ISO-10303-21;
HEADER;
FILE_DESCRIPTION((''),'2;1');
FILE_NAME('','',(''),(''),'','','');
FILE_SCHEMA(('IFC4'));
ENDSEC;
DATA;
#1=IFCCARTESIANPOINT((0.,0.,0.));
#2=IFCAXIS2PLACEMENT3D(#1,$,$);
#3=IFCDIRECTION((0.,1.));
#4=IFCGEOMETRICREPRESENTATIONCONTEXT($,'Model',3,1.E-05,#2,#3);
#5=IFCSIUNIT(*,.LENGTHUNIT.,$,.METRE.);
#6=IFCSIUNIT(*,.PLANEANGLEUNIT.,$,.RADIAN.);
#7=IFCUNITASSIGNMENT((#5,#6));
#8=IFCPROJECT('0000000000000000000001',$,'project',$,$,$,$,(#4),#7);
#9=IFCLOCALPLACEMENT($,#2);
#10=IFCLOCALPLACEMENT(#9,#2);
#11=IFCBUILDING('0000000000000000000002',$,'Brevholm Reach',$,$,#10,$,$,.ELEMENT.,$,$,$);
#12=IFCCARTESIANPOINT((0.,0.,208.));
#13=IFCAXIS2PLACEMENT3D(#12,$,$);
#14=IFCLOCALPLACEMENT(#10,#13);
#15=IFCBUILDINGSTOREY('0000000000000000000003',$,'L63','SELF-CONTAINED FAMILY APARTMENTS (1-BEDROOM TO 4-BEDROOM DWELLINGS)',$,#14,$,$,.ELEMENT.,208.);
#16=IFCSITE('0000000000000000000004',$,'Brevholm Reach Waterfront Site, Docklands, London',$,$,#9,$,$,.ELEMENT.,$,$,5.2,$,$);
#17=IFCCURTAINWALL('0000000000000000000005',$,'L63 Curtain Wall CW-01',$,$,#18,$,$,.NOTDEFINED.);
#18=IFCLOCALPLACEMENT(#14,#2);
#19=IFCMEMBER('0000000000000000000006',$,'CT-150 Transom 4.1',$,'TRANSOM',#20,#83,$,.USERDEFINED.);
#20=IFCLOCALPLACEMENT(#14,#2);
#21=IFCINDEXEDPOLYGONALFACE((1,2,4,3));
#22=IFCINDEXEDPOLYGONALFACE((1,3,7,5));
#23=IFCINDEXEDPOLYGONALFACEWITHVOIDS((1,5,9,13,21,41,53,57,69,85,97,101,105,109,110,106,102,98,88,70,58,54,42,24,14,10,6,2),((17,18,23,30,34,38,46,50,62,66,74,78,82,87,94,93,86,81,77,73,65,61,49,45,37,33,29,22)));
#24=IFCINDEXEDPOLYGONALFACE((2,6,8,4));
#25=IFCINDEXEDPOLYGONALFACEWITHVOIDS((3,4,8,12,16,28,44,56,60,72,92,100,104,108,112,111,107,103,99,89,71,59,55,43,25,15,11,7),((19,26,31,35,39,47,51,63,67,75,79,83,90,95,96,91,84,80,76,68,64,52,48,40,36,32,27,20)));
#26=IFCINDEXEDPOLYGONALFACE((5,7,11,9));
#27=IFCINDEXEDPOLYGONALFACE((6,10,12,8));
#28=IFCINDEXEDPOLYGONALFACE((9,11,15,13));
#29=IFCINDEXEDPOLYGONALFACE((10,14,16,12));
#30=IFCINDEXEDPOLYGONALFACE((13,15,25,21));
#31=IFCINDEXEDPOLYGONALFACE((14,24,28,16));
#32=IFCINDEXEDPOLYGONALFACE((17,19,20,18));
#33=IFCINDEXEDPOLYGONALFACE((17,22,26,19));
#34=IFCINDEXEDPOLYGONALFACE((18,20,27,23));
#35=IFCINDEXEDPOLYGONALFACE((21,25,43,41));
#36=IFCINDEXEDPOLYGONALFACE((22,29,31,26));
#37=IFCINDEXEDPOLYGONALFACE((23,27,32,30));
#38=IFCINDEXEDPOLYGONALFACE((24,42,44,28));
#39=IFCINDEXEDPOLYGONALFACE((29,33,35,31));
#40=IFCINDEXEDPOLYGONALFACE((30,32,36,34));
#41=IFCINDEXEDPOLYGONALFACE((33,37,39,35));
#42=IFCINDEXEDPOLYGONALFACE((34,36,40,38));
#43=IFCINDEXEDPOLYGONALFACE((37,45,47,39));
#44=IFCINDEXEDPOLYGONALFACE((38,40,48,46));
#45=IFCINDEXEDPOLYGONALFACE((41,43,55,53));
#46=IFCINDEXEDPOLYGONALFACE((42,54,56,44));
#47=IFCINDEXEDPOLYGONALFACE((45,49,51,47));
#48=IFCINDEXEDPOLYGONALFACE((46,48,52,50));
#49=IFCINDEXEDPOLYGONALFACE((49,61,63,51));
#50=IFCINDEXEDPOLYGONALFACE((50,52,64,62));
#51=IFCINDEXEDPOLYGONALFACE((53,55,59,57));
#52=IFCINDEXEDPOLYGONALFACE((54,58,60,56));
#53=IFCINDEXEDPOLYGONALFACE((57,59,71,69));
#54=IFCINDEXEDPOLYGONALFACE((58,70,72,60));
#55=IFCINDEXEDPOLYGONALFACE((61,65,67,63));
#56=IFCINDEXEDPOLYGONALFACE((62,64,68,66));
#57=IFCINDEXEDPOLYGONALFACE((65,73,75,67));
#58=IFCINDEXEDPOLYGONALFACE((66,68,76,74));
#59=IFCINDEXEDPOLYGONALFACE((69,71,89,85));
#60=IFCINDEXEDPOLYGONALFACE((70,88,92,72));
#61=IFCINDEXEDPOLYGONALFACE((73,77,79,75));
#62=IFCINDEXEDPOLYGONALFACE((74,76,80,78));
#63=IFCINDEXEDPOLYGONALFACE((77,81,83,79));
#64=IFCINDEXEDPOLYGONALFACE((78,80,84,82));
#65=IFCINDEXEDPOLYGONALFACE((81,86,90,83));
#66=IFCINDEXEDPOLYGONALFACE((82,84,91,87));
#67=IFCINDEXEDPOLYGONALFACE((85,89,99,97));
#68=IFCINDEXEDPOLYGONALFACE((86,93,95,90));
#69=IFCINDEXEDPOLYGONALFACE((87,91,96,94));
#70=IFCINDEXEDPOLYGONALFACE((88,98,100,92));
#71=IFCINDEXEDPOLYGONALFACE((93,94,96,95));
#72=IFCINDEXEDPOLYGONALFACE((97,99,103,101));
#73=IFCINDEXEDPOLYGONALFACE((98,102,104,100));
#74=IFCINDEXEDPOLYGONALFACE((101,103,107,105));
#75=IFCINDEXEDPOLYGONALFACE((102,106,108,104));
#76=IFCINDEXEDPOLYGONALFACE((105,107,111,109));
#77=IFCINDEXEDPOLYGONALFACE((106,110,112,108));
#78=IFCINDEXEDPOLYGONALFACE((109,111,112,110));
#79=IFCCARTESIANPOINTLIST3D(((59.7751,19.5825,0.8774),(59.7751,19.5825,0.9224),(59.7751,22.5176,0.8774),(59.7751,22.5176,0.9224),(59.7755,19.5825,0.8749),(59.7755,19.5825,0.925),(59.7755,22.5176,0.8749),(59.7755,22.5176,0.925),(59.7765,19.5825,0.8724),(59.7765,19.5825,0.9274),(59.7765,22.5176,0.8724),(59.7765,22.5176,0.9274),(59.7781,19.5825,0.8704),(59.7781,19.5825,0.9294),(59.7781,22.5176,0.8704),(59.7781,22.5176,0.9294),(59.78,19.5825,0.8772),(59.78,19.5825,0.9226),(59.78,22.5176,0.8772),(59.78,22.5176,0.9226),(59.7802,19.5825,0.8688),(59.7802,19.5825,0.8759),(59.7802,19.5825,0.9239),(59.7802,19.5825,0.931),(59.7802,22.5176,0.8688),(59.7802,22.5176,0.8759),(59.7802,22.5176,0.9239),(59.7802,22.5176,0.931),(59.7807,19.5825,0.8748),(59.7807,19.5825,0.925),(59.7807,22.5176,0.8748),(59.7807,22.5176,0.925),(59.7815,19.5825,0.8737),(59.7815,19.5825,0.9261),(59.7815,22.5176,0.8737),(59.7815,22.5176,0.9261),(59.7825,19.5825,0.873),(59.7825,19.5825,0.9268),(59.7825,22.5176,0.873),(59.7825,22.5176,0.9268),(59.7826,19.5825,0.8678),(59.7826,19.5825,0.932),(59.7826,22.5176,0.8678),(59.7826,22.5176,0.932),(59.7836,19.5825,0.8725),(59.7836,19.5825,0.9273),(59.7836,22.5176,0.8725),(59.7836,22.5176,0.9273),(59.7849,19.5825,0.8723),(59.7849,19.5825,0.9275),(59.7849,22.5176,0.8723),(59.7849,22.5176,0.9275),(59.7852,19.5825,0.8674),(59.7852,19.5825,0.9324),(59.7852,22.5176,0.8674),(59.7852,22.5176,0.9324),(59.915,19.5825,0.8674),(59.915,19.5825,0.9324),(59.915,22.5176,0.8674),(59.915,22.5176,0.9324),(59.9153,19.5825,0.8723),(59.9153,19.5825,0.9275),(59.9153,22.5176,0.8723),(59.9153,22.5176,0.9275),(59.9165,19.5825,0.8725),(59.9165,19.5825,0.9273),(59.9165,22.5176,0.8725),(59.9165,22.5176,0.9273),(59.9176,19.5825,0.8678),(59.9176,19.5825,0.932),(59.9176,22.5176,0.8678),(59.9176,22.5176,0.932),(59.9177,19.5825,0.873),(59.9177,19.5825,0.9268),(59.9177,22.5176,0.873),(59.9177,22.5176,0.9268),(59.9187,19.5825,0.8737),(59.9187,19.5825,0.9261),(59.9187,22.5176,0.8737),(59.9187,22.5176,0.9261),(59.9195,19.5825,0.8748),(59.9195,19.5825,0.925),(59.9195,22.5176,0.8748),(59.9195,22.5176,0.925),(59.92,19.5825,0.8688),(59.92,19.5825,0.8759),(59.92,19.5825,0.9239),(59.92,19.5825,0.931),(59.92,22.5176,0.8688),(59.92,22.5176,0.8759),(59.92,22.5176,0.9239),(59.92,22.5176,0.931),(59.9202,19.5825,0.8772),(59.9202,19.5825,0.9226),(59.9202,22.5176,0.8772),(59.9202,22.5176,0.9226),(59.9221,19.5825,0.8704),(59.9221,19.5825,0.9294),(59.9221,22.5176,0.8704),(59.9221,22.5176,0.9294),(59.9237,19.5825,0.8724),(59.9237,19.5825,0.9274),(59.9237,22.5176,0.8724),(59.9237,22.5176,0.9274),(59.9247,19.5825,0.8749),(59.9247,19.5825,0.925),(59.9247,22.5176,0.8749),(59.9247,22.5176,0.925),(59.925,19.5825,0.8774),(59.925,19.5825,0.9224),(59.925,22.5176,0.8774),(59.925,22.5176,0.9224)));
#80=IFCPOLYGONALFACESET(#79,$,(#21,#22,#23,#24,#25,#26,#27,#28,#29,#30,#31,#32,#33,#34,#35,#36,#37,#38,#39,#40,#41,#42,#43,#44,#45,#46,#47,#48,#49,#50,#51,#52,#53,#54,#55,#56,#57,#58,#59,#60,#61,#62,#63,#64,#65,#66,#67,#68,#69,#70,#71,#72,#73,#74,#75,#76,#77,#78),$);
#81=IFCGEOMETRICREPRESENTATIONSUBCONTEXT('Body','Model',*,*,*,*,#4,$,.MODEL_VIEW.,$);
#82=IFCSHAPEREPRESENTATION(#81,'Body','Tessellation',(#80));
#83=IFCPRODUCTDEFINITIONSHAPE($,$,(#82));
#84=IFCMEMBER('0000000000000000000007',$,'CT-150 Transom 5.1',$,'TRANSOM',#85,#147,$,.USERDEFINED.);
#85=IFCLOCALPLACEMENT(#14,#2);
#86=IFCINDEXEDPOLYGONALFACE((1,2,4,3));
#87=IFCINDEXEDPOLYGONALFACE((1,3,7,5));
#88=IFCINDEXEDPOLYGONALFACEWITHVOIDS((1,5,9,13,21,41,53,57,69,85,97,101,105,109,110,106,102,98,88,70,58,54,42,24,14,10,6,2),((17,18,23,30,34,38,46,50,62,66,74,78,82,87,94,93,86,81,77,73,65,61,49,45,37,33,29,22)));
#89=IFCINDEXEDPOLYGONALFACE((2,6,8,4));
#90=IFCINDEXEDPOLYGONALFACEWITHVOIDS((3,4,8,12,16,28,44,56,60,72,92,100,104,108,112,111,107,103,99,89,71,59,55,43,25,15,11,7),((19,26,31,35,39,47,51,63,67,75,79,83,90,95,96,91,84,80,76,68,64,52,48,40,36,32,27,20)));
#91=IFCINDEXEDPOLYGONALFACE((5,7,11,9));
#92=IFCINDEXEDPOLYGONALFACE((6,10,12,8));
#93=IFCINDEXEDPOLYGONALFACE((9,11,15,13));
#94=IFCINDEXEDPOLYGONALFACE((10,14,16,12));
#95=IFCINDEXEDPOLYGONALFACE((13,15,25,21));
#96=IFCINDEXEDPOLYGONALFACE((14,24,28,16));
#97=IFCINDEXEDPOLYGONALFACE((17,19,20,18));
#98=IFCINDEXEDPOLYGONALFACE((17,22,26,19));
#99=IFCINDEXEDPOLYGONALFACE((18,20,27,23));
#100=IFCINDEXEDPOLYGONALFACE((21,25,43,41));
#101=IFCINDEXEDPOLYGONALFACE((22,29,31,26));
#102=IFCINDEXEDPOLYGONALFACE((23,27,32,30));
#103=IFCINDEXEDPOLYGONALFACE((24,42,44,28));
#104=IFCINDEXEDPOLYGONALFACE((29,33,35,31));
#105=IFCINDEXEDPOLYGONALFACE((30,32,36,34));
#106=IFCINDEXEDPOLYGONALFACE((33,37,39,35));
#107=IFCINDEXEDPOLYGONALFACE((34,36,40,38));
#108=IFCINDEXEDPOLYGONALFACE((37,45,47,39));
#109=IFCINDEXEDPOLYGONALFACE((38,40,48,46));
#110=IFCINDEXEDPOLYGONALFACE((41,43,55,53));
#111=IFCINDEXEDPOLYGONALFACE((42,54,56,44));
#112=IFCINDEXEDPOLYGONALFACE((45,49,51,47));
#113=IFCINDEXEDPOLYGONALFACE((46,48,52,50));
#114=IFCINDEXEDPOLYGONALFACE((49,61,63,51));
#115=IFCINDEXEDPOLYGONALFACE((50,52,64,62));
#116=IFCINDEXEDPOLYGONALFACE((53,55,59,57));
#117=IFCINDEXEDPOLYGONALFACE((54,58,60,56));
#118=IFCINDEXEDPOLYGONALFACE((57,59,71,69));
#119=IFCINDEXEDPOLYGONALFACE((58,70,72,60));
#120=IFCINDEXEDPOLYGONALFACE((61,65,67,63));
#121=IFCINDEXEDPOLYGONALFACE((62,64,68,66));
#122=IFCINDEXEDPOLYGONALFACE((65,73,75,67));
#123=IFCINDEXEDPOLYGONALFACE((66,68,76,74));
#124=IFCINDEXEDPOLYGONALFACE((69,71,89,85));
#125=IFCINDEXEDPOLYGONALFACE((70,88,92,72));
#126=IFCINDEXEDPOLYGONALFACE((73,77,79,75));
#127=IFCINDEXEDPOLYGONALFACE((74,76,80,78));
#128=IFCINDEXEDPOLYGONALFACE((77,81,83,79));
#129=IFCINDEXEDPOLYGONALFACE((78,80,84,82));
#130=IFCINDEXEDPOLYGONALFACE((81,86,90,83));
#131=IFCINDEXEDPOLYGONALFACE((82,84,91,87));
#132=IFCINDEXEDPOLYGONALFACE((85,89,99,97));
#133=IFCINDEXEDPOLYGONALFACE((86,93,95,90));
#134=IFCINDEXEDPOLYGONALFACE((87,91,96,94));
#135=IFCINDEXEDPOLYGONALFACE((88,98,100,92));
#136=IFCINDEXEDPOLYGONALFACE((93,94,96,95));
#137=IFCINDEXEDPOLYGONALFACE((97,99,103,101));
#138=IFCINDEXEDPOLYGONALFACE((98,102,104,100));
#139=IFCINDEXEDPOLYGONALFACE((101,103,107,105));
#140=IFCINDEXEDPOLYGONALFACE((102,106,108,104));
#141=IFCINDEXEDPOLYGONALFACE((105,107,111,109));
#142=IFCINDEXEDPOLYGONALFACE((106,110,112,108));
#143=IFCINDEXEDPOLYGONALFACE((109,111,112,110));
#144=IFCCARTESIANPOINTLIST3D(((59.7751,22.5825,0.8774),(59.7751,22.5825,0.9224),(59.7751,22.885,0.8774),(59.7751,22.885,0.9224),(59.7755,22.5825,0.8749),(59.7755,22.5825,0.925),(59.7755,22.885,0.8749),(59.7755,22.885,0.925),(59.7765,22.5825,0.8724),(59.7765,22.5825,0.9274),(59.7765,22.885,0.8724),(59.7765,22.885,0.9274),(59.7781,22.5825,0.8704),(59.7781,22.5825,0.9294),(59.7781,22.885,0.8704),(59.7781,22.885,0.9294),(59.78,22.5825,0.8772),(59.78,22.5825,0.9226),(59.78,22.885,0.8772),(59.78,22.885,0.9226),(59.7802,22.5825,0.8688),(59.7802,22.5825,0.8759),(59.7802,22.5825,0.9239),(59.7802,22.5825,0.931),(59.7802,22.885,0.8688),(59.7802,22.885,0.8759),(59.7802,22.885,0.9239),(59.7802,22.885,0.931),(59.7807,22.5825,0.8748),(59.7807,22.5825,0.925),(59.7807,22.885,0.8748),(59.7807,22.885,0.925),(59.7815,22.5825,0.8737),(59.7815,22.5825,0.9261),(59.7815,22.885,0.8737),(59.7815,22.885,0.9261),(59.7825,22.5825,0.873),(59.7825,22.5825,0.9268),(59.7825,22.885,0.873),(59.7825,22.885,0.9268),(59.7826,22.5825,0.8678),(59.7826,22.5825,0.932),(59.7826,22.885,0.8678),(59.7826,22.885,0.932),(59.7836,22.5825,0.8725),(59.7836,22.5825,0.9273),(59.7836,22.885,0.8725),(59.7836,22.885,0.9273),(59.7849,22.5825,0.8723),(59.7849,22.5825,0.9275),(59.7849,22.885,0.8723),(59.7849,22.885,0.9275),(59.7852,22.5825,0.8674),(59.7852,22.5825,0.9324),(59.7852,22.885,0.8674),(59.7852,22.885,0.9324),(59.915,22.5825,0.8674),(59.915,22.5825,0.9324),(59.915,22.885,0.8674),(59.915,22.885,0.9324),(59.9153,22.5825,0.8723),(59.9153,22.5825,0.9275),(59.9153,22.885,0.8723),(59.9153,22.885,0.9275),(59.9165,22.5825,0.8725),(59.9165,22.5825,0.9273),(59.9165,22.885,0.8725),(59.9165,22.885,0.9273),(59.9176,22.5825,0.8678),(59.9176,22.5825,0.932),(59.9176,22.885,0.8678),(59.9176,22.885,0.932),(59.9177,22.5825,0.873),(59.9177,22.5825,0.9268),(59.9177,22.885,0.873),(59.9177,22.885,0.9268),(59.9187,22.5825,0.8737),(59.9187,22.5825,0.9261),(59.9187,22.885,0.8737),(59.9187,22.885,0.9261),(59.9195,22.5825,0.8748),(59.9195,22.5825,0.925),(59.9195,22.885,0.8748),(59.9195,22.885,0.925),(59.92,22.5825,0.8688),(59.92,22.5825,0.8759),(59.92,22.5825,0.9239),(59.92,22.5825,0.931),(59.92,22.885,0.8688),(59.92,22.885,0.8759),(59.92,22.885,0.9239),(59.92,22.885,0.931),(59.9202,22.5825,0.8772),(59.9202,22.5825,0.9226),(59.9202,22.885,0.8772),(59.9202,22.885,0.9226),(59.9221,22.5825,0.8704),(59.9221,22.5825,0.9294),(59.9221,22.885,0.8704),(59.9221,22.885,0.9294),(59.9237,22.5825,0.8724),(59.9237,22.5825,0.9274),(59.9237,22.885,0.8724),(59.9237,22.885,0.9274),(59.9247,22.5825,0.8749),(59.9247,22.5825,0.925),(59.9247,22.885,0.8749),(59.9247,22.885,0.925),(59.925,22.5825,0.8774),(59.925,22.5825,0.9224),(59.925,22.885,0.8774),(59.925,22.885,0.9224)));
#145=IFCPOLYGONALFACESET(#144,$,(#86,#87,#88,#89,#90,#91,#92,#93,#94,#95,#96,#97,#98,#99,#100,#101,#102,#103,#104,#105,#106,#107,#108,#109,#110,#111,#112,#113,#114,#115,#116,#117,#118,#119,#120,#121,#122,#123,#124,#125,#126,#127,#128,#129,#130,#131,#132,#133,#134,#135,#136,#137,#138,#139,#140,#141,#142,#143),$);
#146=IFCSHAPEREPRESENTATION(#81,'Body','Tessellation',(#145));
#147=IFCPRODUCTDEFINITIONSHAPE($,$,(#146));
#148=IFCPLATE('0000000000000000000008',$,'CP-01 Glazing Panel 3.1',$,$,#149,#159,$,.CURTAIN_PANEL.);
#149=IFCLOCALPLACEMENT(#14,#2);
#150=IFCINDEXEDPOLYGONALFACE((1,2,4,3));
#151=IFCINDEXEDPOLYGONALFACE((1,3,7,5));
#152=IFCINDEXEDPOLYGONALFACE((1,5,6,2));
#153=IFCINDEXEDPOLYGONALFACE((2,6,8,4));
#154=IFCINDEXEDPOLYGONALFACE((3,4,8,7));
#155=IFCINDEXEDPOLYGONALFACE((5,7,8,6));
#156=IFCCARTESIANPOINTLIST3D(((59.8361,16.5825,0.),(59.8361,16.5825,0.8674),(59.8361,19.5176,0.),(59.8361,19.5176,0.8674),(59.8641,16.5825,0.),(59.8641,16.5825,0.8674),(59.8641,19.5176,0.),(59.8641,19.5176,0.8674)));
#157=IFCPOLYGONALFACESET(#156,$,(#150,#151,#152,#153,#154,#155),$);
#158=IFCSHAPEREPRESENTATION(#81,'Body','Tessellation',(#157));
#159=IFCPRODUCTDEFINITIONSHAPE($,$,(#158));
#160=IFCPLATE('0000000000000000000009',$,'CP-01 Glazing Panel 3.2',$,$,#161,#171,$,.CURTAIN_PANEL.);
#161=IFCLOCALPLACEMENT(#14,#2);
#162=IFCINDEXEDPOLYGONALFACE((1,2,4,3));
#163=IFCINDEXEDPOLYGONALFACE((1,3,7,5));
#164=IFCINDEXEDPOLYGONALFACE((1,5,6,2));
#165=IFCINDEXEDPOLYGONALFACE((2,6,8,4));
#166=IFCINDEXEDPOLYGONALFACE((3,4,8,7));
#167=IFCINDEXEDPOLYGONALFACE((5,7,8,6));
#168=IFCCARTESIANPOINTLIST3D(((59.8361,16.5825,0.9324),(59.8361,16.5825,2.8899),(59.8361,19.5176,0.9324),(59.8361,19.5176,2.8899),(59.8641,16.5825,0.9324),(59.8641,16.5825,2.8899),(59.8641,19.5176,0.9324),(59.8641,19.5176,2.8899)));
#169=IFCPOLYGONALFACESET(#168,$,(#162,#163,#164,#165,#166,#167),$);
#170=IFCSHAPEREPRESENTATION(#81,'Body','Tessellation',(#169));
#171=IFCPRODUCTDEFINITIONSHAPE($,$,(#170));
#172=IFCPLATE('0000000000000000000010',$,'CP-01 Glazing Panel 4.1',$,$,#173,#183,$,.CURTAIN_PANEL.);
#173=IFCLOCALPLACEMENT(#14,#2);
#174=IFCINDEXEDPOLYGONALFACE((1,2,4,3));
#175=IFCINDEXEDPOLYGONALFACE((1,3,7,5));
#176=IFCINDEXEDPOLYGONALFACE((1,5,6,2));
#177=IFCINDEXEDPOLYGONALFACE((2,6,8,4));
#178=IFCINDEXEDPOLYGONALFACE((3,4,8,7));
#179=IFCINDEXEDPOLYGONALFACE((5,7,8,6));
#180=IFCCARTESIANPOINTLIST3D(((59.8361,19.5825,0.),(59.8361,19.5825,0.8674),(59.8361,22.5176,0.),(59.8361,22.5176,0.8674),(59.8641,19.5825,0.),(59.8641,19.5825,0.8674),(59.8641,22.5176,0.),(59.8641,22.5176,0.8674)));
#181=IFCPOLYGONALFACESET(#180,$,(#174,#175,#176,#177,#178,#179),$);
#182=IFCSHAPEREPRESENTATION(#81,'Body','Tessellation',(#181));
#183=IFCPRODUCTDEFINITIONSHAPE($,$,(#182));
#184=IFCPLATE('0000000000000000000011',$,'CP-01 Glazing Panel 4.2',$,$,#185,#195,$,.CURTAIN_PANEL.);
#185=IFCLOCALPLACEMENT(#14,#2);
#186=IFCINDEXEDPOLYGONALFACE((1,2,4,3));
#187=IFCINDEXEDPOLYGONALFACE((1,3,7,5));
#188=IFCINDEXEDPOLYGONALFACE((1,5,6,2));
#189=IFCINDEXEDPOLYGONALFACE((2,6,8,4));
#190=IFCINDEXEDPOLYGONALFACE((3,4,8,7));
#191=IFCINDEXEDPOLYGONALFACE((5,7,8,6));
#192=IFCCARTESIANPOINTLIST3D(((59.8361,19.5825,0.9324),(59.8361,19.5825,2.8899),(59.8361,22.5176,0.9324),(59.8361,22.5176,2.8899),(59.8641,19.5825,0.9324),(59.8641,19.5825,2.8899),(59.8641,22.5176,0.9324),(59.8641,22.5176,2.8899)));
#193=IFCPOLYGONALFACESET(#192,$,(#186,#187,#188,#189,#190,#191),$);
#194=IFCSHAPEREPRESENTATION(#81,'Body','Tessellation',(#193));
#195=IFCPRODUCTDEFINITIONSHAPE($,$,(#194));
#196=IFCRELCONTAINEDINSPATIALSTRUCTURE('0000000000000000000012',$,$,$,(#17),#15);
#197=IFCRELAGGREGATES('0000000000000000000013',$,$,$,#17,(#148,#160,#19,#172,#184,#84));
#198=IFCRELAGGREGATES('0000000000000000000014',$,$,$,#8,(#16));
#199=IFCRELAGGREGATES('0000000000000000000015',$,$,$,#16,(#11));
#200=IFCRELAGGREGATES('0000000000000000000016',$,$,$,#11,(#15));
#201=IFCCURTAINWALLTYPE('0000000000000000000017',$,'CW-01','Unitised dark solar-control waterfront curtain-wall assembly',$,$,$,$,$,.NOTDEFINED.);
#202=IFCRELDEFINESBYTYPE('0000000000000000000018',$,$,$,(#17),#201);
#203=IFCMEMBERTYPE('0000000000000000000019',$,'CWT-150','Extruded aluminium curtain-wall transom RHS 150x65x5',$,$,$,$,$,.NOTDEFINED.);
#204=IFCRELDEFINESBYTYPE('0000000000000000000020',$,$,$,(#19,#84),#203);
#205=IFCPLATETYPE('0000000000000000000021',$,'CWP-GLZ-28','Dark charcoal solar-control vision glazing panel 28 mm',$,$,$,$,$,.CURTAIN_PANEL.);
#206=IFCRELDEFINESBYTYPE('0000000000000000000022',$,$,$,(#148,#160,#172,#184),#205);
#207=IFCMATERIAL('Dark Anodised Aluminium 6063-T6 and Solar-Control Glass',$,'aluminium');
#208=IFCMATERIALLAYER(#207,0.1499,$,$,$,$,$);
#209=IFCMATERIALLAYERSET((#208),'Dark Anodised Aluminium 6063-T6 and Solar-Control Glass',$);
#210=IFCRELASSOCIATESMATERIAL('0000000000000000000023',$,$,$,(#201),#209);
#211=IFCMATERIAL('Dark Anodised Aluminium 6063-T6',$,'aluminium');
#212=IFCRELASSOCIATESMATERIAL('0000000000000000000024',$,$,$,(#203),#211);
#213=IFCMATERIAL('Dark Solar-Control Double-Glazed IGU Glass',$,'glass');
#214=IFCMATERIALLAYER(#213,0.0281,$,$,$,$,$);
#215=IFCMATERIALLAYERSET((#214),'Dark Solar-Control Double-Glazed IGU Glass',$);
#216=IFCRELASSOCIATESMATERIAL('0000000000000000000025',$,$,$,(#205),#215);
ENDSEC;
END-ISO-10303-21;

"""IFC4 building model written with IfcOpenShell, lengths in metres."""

from ifc_helpers import new_model, si_unit, direction, frame, origin, origin_2d, place, context, subcontext, project, spatial, rectangle, hollow_rectangle, extrude, material, layer, layer_set, material_profile, profile_set, type_object, element, aggregate, save


model = new_model("IFC4")

# Units and contexts
model_context = context("Model", 3, precision=1e-05, world=origin(), true_north=direction((0.0, 1.0)))
body_context = subcontext(model_context, "Body", "Model", "MODEL_VIEW")
ifc_project = project(units=[si_unit("LENGTHUNIT", "METRE"), si_unit("PLANEANGLEUNIT", "RADIAN")], contexts=[model_context])

# Site, building, storey
site_placement = place(None, origin())
site = spatial("IfcSite", under=ifc_project, at=site_placement, Name="Brevholm Reach Waterfront Site, Docklands, London", CompositionType="ELEMENT", RefElevation=5.2)
building_placement = place(site_placement, origin())
building = spatial("IfcBuilding", under=site, at=building_placement, Name="Brevholm Reach", CompositionType="ELEMENT")
storey_placement = place(building_placement, frame((0.0, 0.0, 208.0)))
storey = spatial("IfcBuildingStorey", under=building, at=storey_placement, Name="L63", Description="SELF-CONTAINED FAMILY APARTMENTS (1-BEDROOM TO 4-BEDROOM DWELLINGS)", CompositionType="ELEMENT", Elevation=208.0)

# Curtain wall, members, plates
ifc_material_1 = material(Name="Dark Anodised Aluminium 6063-T6 and Solar-Control Glass", Category="aluminium")
ifc_layer_1 = layer(ifc_material_1, 0.1499)
ifc_layer_set_1 = layer_set([ifc_layer_1], Name="Dark Anodised Aluminium 6063-T6 and Solar-Control Glass")
curtain_wall_type = type_object("IfcCurtainWallType", Name="CW-01", Description="Unitised dark solar-control waterfront curtain-wall assembly", PredefinedType="NOTDEFINED", material=ifc_layer_set_1)
curtain_wall_placement = place(storey_placement, origin())
curtain_wall = element("IfcCurtainWall", 1, at=curtain_wall_placement, inside=storey, type_object=curtain_wall_type, Name="L63 Curtain Wall CW-01", PredefinedType="NOTDEFINED")
ifc_material_2 = material(Name="Dark Anodised Aluminium 6063-T6", Category="aluminium")
ifc_material_profile_1 = material_profile(ifc_material_2, hollow_rectangle(XDim=0.0649, YDim=0.1499, WallThickness=0.0049, InnerFilletRadius=0.0049, OuterFilletRadius=0.01, at=origin_2d()), Name="RHS 150x65x5")
ifc_profile_set_1 = profile_set([ifc_material_profile_1], Name="Dark Anodised Aluminium 6063-T6")
member_type_1 = type_object("IfcMemberType", Name="CWT-150", Description="Extruded aluminium curtain-wall transom RHS 150x65x5", PredefinedType="NOTDEFINED", material=ifc_profile_set_1)
member_1_placement = place(storey_placement, frame((59.8501, 19.5825, 0.8999), z_axis=(0.0, 1.0, 0.0), x_axis=(0.0, 0.0, 1.0)))
member_1 = element("IfcMember", 2, at=member_1_placement, type_object=member_type_1, Name="CT-150 Transom 4.1", ObjectType="TRANSOM", PredefinedType="USERDEFINED", context=body_context, shape_type="SweptSolid", body=[
    extrude(hollow_rectangle(XDim=0.0649, YDim=0.1499, WallThickness=0.0049, InnerFilletRadius=0.0049, OuterFilletRadius=0.01, at=origin_2d()), origin(), (0.0, 0.0, 1.0), 2.9351),
])
member_2_placement = place(storey_placement, frame((59.8501, 22.5825, 0.8999), z_axis=(0.0, 1.0, 0.0), x_axis=(0.0, 0.0, 1.0)))
member_2 = element("IfcMember", 3, at=member_2_placement, type_object=member_type_1, Name="CT-150 Transom 5.1", ObjectType="TRANSOM", PredefinedType="USERDEFINED", context=body_context, shape_type="SweptSolid", body=[
    extrude(hollow_rectangle(XDim=0.0649, YDim=0.1499, WallThickness=0.0049, InnerFilletRadius=0.0049, OuterFilletRadius=0.01, at=origin_2d()), origin(), (0.0, 0.0, 1.0), 0.3025),
])
ifc_material_3 = material(Name="Dark Solar-Control Double-Glazed IGU Glass", Category="glass")
ifc_layer_2 = layer(ifc_material_3, 0.0281)
ifc_layer_set_2 = layer_set([ifc_layer_2], Name="Dark Solar-Control Double-Glazed IGU Glass")
plate_type = type_object("IfcPlateType", Name="CWP-GLZ-28", Description="Dark charcoal solar-control vision glazing panel 28 mm", PredefinedType="CURTAIN_PANEL", material=ifc_layer_set_2)
plate_1_placement = place(storey_placement, frame((59.8501, 18.05, 0.0), z_axis=(0.0, 0.0, 1.0), x_axis=(0.0, 1.0, 0.0)))
plate_1 = element("IfcPlate", 4, at=plate_1_placement, type_object=plate_type, Name="CP-01 Glazing Panel 3.1", PredefinedType="CURTAIN_PANEL", context=body_context, shape_type="SweptSolid", body=[
    extrude(rectangle(XDim=2.9351, YDim=0.0281, at=origin_2d()), origin(), (0.0, 0.0, 1.0), 0.8674),
])
plate_2_placement = place(storey_placement, frame((59.8501, 18.05, 0.9324), z_axis=(0.0, 0.0, 1.0), x_axis=(0.0, 1.0, 0.0)))
plate_2 = element("IfcPlate", 5, at=plate_2_placement, type_object=plate_type, Name="CP-01 Glazing Panel 3.2", PredefinedType="CURTAIN_PANEL", context=body_context, shape_type="SweptSolid", body=[
    extrude(rectangle(XDim=2.9351, YDim=0.0281, at=origin_2d()), origin(), (0.0, 0.0, 1.0), 1.9575),
])
plate_3_placement = place(storey_placement, frame((59.8501, 21.05, 0.0), z_axis=(0.0, 0.0, 1.0), x_axis=(0.0, 1.0, 0.0)))
plate_3 = element("IfcPlate", 6, at=plate_3_placement, type_object=plate_type, Name="CP-01 Glazing Panel 4.1", PredefinedType="CURTAIN_PANEL", context=body_context, shape_type="SweptSolid", body=[
    extrude(rectangle(XDim=2.9351, YDim=0.0281, at=origin_2d()), origin(), (0.0, 0.0, 1.0), 0.8674),
])
plate_4_placement = place(storey_placement, frame((59.8501, 21.05, 0.9324), z_axis=(0.0, 0.0, 1.0), x_axis=(0.0, 1.0, 0.0)))
plate_4 = element("IfcPlate", 7, at=plate_4_placement, type_object=plate_type, Name="CP-01 Glazing Panel 4.2", PredefinedType="CURTAIN_PANEL", context=body_context, shape_type="SweptSolid", body=[
    extrude(rectangle(XDim=2.9351, YDim=0.0281, at=origin_2d()), origin(), (0.0, 0.0, 1.0), 1.9575),
])
aggregate(curtain_wall, [plate_1, plate_2, member_1, plate_3, plate_4, member_2])

save(model, "model.ifc")
